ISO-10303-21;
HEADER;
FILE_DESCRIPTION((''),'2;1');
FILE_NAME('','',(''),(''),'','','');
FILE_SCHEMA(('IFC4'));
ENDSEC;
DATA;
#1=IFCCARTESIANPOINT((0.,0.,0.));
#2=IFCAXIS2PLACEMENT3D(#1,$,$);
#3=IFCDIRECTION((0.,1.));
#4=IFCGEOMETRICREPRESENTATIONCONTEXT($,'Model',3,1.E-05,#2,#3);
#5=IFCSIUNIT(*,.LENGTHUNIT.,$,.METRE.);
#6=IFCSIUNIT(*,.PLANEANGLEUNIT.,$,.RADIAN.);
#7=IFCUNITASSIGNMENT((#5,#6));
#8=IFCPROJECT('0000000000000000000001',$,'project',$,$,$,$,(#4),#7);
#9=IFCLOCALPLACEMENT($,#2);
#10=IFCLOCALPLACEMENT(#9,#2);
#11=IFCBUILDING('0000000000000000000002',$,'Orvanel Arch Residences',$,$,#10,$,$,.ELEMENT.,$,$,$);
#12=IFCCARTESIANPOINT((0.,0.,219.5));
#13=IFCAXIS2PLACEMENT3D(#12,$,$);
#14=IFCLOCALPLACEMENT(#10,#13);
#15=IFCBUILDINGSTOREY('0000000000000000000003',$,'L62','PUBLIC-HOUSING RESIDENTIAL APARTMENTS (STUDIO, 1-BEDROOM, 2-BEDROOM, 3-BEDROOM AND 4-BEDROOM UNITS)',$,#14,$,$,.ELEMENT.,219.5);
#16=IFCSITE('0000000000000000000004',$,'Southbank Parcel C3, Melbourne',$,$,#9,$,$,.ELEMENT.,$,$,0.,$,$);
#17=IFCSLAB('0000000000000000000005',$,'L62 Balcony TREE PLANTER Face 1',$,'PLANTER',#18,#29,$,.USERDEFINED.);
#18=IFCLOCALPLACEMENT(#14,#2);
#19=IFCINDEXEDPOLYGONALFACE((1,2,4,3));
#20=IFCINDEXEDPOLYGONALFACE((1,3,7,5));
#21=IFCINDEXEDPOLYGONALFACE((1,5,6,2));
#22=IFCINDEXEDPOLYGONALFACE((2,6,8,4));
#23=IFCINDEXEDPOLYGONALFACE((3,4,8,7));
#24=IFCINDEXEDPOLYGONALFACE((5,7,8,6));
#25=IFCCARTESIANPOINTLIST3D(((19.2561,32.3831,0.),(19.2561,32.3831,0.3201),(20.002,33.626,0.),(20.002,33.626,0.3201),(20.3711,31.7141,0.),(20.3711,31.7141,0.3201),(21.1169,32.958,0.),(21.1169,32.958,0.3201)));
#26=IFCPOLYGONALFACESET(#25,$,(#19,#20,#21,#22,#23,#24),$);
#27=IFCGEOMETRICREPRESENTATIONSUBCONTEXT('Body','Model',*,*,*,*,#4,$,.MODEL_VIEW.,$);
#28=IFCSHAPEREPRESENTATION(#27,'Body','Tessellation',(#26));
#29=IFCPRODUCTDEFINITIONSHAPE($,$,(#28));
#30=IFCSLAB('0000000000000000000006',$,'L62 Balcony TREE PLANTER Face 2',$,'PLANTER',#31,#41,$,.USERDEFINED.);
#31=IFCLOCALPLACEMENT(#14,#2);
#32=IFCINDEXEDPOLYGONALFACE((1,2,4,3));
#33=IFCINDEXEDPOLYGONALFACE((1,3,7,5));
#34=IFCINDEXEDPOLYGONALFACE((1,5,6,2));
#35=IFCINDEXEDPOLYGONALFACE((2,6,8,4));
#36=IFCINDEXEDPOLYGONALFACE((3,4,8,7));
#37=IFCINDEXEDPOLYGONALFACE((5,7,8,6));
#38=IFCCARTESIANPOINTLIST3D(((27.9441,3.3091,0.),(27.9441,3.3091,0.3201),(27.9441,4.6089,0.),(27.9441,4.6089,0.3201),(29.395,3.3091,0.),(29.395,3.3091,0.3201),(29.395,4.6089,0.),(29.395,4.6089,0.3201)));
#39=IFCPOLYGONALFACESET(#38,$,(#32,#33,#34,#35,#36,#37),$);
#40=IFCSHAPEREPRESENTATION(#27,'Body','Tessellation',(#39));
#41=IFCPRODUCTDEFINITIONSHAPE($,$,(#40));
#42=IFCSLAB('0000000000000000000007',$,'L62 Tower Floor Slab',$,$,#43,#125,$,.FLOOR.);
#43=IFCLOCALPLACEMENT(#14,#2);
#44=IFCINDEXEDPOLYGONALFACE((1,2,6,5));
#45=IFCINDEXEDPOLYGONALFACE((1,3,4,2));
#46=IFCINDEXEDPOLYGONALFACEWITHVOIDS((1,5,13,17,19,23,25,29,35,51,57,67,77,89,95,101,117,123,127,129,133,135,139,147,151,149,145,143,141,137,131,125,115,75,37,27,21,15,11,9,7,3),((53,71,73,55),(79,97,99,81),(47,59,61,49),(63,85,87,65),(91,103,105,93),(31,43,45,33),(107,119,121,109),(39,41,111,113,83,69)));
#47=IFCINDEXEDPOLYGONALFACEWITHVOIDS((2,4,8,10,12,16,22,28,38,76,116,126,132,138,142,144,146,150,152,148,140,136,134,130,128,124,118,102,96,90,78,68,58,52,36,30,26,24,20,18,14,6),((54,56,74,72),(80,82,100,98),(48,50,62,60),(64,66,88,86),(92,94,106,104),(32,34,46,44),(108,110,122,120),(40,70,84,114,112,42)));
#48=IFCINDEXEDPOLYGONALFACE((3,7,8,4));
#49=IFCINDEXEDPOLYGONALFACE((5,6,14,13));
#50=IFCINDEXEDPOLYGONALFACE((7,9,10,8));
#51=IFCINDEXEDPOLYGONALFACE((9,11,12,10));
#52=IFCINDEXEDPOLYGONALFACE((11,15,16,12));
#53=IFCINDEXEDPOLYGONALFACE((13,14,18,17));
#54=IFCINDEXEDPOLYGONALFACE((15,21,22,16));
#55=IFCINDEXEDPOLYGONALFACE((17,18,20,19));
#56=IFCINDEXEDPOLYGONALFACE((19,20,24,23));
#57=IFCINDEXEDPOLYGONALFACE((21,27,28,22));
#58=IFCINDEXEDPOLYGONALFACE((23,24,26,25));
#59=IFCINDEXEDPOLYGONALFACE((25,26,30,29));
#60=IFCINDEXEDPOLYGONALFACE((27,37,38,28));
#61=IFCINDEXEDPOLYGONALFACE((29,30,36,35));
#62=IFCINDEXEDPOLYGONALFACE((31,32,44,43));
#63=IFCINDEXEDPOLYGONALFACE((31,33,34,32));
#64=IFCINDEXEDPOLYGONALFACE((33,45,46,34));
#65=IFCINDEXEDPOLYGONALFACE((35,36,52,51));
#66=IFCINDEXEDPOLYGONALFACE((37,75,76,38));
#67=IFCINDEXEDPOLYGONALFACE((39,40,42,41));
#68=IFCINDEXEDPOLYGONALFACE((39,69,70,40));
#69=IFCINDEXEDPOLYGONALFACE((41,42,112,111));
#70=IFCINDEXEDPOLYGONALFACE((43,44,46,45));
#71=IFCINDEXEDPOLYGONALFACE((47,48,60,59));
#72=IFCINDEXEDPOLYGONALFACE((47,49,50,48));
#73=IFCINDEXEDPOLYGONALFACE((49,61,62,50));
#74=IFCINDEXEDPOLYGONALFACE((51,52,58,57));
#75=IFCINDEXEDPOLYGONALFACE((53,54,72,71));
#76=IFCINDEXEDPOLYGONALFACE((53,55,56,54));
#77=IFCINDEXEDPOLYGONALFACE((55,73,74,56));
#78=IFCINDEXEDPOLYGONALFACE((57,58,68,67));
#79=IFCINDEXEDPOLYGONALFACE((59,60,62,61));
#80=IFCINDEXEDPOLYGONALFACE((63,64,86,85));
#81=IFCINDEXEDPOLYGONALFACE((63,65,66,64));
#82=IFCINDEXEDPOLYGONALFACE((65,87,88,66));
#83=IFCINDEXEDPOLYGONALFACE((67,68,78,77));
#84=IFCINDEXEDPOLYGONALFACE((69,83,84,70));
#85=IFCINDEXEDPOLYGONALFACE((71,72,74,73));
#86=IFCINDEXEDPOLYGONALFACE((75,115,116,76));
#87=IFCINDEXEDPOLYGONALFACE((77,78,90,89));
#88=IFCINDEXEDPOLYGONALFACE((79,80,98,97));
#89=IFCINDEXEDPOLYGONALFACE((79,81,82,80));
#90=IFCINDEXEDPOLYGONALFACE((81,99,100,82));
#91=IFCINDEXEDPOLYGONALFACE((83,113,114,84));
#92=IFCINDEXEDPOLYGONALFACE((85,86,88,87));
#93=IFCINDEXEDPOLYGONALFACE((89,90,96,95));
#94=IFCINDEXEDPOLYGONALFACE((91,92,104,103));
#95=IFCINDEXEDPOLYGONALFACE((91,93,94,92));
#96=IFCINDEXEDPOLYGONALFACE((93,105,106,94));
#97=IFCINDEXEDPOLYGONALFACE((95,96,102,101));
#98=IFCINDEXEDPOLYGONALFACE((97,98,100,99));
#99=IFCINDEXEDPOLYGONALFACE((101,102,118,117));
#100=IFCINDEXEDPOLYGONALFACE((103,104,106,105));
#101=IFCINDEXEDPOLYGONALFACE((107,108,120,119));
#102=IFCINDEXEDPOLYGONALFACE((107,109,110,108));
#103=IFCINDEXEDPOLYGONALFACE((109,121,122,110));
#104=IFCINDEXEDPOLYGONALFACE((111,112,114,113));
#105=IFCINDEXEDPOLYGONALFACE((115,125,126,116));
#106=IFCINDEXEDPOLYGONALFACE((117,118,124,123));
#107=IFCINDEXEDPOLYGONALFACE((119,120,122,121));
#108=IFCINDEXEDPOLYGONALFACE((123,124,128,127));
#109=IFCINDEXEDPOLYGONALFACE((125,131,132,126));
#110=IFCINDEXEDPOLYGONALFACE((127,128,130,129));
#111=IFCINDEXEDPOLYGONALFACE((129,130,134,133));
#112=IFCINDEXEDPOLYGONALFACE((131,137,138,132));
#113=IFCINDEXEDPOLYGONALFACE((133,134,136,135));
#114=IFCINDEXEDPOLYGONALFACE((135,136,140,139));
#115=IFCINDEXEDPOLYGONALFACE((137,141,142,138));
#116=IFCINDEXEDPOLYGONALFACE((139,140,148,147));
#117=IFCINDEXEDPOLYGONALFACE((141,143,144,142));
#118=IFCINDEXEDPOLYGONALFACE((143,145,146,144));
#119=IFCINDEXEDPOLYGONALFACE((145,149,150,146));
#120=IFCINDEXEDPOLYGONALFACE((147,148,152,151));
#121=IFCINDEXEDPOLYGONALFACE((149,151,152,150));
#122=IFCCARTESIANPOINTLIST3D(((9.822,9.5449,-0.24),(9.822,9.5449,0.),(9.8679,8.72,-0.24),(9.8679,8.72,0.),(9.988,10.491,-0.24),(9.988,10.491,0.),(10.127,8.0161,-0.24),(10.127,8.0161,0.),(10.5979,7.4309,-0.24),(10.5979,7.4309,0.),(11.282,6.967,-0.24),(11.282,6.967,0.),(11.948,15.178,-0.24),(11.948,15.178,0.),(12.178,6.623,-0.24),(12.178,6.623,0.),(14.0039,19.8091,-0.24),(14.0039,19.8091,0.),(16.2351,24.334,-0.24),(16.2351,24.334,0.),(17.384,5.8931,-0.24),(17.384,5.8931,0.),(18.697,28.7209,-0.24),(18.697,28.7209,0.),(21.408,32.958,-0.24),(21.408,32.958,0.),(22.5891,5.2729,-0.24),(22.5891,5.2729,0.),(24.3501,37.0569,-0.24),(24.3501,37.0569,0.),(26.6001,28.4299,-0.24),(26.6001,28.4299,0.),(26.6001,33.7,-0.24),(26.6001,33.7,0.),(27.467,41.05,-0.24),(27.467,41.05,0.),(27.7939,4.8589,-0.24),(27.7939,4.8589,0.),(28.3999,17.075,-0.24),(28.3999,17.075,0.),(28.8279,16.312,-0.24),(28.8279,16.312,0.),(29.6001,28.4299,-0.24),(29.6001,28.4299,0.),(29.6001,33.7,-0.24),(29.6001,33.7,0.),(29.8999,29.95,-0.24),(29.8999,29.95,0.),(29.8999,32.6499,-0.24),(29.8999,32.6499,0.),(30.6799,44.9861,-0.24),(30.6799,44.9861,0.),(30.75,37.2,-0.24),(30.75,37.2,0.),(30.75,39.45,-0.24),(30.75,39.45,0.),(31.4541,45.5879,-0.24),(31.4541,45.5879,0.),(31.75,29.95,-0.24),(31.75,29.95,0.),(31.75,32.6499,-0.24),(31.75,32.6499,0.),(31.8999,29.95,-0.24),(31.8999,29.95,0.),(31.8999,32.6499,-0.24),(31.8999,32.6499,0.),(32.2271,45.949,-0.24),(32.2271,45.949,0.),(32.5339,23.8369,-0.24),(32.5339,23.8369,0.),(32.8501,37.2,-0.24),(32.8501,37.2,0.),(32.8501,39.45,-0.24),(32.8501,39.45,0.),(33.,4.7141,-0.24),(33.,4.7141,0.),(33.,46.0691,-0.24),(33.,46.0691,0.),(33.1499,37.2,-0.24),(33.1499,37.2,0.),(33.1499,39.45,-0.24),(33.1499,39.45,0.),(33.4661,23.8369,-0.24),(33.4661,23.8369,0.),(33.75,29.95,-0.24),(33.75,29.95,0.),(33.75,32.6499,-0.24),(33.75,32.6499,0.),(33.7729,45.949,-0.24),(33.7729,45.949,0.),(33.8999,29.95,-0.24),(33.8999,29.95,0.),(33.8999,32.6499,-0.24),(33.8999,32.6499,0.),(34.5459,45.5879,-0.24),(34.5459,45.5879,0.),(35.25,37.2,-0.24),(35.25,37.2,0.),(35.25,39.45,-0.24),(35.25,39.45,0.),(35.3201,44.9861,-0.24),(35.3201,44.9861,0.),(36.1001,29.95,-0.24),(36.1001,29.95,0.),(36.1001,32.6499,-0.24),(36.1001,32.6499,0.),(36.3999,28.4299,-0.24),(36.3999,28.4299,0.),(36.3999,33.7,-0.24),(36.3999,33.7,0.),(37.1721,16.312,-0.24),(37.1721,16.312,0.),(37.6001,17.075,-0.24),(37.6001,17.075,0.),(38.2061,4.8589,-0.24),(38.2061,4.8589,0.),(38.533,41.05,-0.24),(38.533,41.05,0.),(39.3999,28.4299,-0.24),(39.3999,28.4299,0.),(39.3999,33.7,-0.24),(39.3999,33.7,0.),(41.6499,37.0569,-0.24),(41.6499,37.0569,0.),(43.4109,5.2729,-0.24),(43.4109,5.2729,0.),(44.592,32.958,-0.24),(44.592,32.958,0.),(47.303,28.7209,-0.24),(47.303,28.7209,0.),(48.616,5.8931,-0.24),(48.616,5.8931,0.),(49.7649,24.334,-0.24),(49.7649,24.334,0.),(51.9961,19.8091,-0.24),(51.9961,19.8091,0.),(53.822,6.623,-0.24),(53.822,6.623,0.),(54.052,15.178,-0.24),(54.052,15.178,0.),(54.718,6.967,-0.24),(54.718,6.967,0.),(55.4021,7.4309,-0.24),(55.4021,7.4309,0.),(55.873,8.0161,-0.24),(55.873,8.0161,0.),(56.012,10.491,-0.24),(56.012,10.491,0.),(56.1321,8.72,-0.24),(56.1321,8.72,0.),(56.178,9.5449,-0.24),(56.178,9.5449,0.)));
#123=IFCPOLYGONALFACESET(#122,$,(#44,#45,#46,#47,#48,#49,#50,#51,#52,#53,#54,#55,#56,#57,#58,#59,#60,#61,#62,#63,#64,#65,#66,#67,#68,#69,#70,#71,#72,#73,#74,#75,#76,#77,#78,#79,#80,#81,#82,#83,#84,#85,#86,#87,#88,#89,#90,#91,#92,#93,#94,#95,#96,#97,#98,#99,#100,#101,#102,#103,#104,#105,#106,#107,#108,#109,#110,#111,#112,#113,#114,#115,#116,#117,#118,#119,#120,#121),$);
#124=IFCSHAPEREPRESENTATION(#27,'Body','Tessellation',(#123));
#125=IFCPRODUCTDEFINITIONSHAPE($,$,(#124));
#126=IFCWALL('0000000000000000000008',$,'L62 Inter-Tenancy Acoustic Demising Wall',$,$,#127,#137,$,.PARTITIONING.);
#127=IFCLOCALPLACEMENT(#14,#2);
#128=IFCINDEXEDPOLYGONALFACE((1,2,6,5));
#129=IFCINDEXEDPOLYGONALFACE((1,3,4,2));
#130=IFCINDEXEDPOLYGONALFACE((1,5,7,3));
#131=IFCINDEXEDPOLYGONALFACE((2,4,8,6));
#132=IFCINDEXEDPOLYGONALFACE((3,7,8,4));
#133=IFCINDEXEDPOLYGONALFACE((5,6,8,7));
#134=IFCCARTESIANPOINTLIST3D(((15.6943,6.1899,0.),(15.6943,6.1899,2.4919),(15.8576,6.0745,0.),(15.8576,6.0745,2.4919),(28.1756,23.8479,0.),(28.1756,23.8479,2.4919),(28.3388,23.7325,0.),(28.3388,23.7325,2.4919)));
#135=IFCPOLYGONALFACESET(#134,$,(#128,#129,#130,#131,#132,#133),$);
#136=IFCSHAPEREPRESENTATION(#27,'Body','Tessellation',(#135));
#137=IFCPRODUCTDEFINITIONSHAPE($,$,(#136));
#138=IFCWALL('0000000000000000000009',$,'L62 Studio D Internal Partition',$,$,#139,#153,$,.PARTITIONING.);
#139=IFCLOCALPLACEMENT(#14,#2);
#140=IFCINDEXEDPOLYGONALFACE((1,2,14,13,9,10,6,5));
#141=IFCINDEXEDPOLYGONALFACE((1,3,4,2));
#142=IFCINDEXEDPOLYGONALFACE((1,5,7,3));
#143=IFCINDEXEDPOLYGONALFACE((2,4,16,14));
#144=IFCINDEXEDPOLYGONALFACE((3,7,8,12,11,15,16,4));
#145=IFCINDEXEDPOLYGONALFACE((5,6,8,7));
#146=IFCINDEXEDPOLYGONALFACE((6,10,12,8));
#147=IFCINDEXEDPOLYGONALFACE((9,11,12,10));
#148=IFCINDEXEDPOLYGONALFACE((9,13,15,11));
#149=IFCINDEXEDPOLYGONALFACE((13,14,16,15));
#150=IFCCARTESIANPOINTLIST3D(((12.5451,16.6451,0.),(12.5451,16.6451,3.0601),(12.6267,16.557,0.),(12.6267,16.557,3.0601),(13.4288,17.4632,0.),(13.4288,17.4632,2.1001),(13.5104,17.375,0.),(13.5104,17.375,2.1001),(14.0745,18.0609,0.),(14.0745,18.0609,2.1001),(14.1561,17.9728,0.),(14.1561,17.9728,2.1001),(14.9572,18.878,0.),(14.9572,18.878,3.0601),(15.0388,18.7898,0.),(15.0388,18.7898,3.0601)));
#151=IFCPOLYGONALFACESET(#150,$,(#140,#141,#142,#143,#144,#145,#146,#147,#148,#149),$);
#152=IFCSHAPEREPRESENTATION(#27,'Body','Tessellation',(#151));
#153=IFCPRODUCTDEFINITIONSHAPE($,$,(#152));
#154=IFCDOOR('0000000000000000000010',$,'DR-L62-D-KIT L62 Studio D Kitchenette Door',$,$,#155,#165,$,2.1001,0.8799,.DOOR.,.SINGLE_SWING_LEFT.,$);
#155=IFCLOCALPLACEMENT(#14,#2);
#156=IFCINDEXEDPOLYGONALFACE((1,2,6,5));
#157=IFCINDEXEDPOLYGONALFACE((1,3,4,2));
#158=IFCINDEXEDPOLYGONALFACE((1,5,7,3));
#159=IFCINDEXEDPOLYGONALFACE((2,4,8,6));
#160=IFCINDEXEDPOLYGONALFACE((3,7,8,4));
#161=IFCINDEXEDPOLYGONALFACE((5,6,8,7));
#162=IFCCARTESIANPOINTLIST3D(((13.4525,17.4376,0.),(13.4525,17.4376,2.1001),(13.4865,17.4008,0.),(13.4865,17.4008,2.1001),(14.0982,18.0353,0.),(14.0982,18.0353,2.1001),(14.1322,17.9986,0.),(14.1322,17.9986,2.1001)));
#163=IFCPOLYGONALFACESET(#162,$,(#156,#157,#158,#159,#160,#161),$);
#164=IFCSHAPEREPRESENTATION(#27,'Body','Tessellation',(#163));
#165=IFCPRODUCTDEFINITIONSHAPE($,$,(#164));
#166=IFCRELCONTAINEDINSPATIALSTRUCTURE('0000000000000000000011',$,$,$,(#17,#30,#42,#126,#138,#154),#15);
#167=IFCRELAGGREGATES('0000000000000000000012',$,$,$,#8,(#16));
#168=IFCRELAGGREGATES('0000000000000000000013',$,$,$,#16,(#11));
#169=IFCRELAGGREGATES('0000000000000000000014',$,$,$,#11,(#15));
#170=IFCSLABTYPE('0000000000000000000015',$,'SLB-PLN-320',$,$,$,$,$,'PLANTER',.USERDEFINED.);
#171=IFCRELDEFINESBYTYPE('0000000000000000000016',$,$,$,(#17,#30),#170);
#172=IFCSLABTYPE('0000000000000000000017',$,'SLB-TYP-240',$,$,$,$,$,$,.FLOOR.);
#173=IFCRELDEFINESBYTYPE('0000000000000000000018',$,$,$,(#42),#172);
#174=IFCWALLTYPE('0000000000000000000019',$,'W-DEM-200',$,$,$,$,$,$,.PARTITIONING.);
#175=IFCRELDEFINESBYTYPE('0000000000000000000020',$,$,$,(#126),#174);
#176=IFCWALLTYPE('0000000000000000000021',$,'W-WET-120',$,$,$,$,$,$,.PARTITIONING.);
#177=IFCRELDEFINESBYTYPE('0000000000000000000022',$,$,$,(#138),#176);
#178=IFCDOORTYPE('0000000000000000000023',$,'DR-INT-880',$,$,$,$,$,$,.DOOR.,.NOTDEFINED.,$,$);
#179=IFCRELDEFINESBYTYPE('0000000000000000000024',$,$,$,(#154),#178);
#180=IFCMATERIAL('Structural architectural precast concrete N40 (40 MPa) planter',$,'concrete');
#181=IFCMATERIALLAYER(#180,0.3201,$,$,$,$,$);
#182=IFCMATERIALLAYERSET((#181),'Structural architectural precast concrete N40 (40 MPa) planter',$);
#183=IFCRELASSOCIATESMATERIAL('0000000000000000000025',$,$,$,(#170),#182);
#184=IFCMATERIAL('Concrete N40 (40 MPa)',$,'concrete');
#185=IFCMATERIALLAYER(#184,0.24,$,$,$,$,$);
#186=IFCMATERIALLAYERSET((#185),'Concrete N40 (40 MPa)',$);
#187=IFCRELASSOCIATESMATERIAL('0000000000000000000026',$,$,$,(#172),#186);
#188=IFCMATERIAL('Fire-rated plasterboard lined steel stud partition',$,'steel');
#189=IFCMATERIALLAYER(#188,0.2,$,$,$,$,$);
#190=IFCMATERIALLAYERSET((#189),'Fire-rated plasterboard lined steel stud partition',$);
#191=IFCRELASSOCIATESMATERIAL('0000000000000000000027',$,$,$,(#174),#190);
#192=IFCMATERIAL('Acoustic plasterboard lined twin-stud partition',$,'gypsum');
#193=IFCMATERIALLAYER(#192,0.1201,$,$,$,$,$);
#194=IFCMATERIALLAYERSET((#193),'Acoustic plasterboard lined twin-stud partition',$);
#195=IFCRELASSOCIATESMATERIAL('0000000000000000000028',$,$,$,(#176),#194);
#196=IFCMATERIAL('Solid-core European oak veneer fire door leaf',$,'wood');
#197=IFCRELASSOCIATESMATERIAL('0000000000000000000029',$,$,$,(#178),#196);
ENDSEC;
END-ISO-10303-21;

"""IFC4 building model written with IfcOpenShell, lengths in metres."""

from ifc_helpers import new_model, si_unit, direction, frame, frame_2d, origin, place, context, subcontext, project, spatial, polyline, rectangle, outline, extrude, material, layer, layer_set, type_object, element, fill, save


model = new_model("IFC4")

# Units and contexts
model_context = context("Model", 3, precision=1e-05, world=origin(), true_north=direction((0.0, 1.0)))
body_context = subcontext(model_context, "Body", "Model", "MODEL_VIEW")
ifc_project = project(units=[si_unit("LENGTHUNIT", "METRE"), si_unit("PLANEANGLEUNIT", "RADIAN")], contexts=[model_context])

# Site, building, storey
site_placement = place(None, origin())
site = spatial("IfcSite", under=ifc_project, at=site_placement, Name="Southbank Parcel C3, Melbourne", CompositionType="ELEMENT", RefElevation=0.0)
building_placement = place(site_placement, origin())
building = spatial("IfcBuilding", under=site, at=building_placement, Name="Orvanel Arch Residences", CompositionType="ELEMENT")
storey_placement = place(building_placement, frame((0.0, 0.0, 219.5)))
storey = spatial("IfcBuildingStorey", under=building, at=storey_placement, Name="L62", Description="PUBLIC-HOUSING RESIDENTIAL APARTMENTS (STUDIO, 1-BEDROOM, 2-BEDROOM, 3-BEDROOM AND 4-BEDROOM UNITS)", CompositionType="ELEMENT", Elevation=219.5)

# Shared definitions
ifc_material_1 = material(Name="Concrete N40 (40 MPa)", Category="concrete")

# Slabs
ifc_material_2 = material(Name="Structural architectural precast concrete N40 (40 MPa) planter", Category="concrete")
ifc_layer_1 = layer(ifc_material_2, 0.3201)
ifc_layer_set_1 = layer_set([ifc_layer_1], Name="Structural architectural precast concrete N40 (40 MPa) planter")
slab_type_1 = type_object("IfcSlabType", Name="SLB-PLN-320", ElementType="PLANTER", PredefinedType="USERDEFINED", material=ifc_layer_set_1)
slab_1_placement = place(storey_placement, origin())
element("IfcSlab", 1, at=slab_1_placement, inside=storey, type_object=slab_type_1, Name="L62 Balcony TREE PLANTER Face 1", ObjectType="PLANTER", PredefinedType="USERDEFINED", context=body_context, shape_type="SweptSolid", body=[
    extrude(outline(polyline([(20.002, 33.626), (19.2561, 32.3831), (20.3711, 31.7141), (21.1169, 32.958), (20.002, 33.626)])), origin(), (0.0, 0.0, 1.0), 0.3201),
])
slab_2_placement = place(storey_placement, origin())
element("IfcSlab", 2, at=slab_2_placement, inside=storey, type_object=slab_type_1, Name="L62 Balcony TREE PLANTER Face 2", ObjectType="PLANTER", PredefinedType="USERDEFINED", context=body_context, shape_type="SweptSolid", body=[
    extrude(outline(polyline([(27.9441, 3.3091), (29.395, 3.3091), (29.395, 4.6089), (27.9441, 4.6089), (27.9441, 3.3091)])), origin(), (0.0, 0.0, 1.0), 0.3201),
])
ifc_layer_2 = layer(ifc_material_1, 0.24)
ifc_layer_set_2 = layer_set([ifc_layer_2], Name="Concrete N40 (40 MPa)")
slab_type_2 = type_object("IfcSlabType", Name="SLB-TYP-240", PredefinedType="FLOOR", material=ifc_layer_set_2)
slab_3_placement = place(storey_placement, frame((0.0, 0.0, -0.24)))
element("IfcSlab", 3, at=slab_3_placement, inside=storey, type_object=slab_type_2, Name="L62 Tower Floor Slab", PredefinedType="FLOOR", context=body_context, shape_type="SweptSolid", body=[
    extrude(outline(polyline([(35.3201, 44.9861), (34.5459, 45.5879), (33.7729, 45.949), (33.0, 46.0691), (32.2271, 45.949), (31.4541, 45.5879), (30.6799, 44.9861), (27.467, 41.05), (24.3501, 37.0569), (21.408, 32.958), (18.697, 28.7209), (16.2351, 24.334), (14.0039, 19.8091), (11.948, 15.178), (9.988, 10.491), (9.822, 9.5449), (9.8679, 8.72), (10.127, 8.0161), (10.5979, 7.4309), (11.282, 6.967), (12.178, 6.623), (17.384, 5.8931), (22.5891, 5.2729), (27.7939, 4.8589), (33.0, 4.7141), (38.2061, 4.8589), (43.4109, 5.2729), (48.616, 5.8931), (53.822, 6.623), (54.718, 6.967), (55.4021, 7.4309), (55.873, 8.0161), (56.1321, 8.72), (56.178, 9.5449), (56.012, 10.491), (54.052, 15.178), (51.9961, 19.8091), (49.7649, 24.334), (47.303, 28.7209), (44.592, 32.958), (41.6499, 37.0569), (38.533, 41.05), (35.3201, 44.9861)]), holes=[polyline([(26.6001, 28.4299), (26.6001, 33.7), (29.6001, 33.7), (29.6001, 28.4299), (26.6001, 28.4299)]), polyline([(36.3999, 28.4299), (36.3999, 33.7), (39.3999, 33.7), (39.3999, 28.4299), (36.3999, 28.4299)]), polyline([(29.8999, 32.6499), (31.75, 32.6499), (31.75, 29.95), (29.8999, 29.95), (29.8999, 32.6499)]), polyline([(31.8999, 32.6499), (33.75, 32.6499), (33.75, 29.95), (31.8999, 29.95), (31.8999, 32.6499)]), polyline([(33.8999, 32.6499), (36.1001, 32.6499), (36.1001, 29.95), (33.8999, 29.95), (33.8999, 32.6499)]), polyline([(30.75, 39.45), (32.8501, 39.45), (32.8501, 37.2), (30.75, 37.2), (30.75, 39.45)]), polyline([(33.1499, 39.45), (35.25, 39.45), (35.25, 37.2), (33.1499, 37.2), (33.1499, 39.45)]), polyline([(37.6001, 17.075), (37.1721, 16.312), (28.8279, 16.312), (28.3999, 17.075), (32.5339, 23.8369), (33.4661, 23.8369), (37.6001, 17.075)])]), origin(), (0.0, 0.0, 1.0), 0.24),
])

# Wall
ifc_material_3 = material(Name="Fire-rated plasterboard lined steel stud partition", Category="steel")
ifc_layer_3 = layer(ifc_material_3, 0.2)
ifc_layer_set_3 = layer_set([ifc_layer_3], Name="Fire-rated plasterboard lined steel stud partition")
wall_type_1 = type_object("IfcWallType", Name="W-DEM-200", PredefinedType="PARTITIONING", material=ifc_layer_set_3)
wall_1_placement = place(storey_placement, frame((15.7759, 6.1321, 0.0), z_axis=(0.0, 0.0, 1.0), x_axis=(0.5772, 0.816603, 0.0)))
element("IfcWall", 4, at=wall_1_placement, inside=storey, type_object=wall_type_1, Name="L62 Inter-Tenancy Acoustic Demising Wall", PredefinedType="PARTITIONING", context=body_context, shape_type="SweptSolid", body=[
    extrude(rectangle(XDim=21.6238, YDim=0.2, at=frame_2d((10.812, 0.0))), origin(), (0.0, 0.0, 1.0), 2.4919),
])

# Wall, opening, door
ifc_material_4 = material(Name="Acoustic plasterboard lined twin-stud partition", Category="gypsum")
ifc_layer_4 = layer(ifc_material_4, 0.1201)
ifc_layer_set_4 = layer_set([ifc_layer_4], Name="Acoustic plasterboard lined twin-stud partition")
wall_type_2 = type_object("IfcWallType", Name="W-WET-120", PredefinedType="PARTITIONING", material=ifc_layer_set_4)
wall_2_placement = place(storey_placement, frame((14.998, 18.834, 0.0), z_axis=(0.0, 0.0, 1.0), x_axis=(-0.73384, -0.679322, 0.0)))
wall_2 = element("IfcWall", 5, at=wall_2_placement, inside=storey, type_object=wall_type_2, Name="L62 Studio D Internal Partition", PredefinedType="PARTITIONING", context=body_context, shape_type="SweptSolid", body=[
    extrude(rectangle(XDim=3.2869, YDim=0.1201, at=frame_2d((1.6436, 0.0))), origin(), (0.0, 0.0, 1.0), 3.0601),
])
opening_placement = place(wall_2_placement, frame((1.2029, 0.0, 0.0)))
opening = element("IfcOpeningElement", 6, at=opening_placement, cuts=wall_2, PredefinedType="OPENING", context=body_context, shape_type="SweptSolid", body=[
    extrude(rectangle(XDim=0.8799, YDim=2.1001, at=frame_2d((0.4399, 1.05))), frame((0.0, 0.0701, 0.0), z_axis=(0.0, -1.0, 0.0), x_axis=(1.0, 0.0, 0.0)), (0.0, 0.0, 1.0), 0.1401),
])
ifc_material_5 = material(Name="Solid-core European oak veneer fire door leaf", Category="wood")
door_type = type_object("IfcDoorType", Name="DR-INT-880", OperationType="NOTDEFINED", PredefinedType="DOOR", material=ifc_material_5)
door_placement = place(opening_placement, origin())
door = element("IfcDoor", 7, at=door_placement, inside=storey, type_object=door_type, Name="DR-L62-D-KIT L62 Studio D Kitchenette Door", OperationType="SINGLE_SWING_LEFT", OverallHeight=2.1001, OverallWidth=0.8799, PredefinedType="DOOR", context=body_context, shape_type="SweptSolid", body=[
    extrude(rectangle(XDim=0.8799, YDim=2.1001, at=frame_2d((0.4399, 1.05))), frame((0.0, 0.0249, 0.0), z_axis=(0.0, -1.0, 0.0), x_axis=(1.0, 0.0, 0.0)), (0.0, 0.0, 1.0), 0.05),
])
fill(opening, door)

save(model, "model.ifc")
